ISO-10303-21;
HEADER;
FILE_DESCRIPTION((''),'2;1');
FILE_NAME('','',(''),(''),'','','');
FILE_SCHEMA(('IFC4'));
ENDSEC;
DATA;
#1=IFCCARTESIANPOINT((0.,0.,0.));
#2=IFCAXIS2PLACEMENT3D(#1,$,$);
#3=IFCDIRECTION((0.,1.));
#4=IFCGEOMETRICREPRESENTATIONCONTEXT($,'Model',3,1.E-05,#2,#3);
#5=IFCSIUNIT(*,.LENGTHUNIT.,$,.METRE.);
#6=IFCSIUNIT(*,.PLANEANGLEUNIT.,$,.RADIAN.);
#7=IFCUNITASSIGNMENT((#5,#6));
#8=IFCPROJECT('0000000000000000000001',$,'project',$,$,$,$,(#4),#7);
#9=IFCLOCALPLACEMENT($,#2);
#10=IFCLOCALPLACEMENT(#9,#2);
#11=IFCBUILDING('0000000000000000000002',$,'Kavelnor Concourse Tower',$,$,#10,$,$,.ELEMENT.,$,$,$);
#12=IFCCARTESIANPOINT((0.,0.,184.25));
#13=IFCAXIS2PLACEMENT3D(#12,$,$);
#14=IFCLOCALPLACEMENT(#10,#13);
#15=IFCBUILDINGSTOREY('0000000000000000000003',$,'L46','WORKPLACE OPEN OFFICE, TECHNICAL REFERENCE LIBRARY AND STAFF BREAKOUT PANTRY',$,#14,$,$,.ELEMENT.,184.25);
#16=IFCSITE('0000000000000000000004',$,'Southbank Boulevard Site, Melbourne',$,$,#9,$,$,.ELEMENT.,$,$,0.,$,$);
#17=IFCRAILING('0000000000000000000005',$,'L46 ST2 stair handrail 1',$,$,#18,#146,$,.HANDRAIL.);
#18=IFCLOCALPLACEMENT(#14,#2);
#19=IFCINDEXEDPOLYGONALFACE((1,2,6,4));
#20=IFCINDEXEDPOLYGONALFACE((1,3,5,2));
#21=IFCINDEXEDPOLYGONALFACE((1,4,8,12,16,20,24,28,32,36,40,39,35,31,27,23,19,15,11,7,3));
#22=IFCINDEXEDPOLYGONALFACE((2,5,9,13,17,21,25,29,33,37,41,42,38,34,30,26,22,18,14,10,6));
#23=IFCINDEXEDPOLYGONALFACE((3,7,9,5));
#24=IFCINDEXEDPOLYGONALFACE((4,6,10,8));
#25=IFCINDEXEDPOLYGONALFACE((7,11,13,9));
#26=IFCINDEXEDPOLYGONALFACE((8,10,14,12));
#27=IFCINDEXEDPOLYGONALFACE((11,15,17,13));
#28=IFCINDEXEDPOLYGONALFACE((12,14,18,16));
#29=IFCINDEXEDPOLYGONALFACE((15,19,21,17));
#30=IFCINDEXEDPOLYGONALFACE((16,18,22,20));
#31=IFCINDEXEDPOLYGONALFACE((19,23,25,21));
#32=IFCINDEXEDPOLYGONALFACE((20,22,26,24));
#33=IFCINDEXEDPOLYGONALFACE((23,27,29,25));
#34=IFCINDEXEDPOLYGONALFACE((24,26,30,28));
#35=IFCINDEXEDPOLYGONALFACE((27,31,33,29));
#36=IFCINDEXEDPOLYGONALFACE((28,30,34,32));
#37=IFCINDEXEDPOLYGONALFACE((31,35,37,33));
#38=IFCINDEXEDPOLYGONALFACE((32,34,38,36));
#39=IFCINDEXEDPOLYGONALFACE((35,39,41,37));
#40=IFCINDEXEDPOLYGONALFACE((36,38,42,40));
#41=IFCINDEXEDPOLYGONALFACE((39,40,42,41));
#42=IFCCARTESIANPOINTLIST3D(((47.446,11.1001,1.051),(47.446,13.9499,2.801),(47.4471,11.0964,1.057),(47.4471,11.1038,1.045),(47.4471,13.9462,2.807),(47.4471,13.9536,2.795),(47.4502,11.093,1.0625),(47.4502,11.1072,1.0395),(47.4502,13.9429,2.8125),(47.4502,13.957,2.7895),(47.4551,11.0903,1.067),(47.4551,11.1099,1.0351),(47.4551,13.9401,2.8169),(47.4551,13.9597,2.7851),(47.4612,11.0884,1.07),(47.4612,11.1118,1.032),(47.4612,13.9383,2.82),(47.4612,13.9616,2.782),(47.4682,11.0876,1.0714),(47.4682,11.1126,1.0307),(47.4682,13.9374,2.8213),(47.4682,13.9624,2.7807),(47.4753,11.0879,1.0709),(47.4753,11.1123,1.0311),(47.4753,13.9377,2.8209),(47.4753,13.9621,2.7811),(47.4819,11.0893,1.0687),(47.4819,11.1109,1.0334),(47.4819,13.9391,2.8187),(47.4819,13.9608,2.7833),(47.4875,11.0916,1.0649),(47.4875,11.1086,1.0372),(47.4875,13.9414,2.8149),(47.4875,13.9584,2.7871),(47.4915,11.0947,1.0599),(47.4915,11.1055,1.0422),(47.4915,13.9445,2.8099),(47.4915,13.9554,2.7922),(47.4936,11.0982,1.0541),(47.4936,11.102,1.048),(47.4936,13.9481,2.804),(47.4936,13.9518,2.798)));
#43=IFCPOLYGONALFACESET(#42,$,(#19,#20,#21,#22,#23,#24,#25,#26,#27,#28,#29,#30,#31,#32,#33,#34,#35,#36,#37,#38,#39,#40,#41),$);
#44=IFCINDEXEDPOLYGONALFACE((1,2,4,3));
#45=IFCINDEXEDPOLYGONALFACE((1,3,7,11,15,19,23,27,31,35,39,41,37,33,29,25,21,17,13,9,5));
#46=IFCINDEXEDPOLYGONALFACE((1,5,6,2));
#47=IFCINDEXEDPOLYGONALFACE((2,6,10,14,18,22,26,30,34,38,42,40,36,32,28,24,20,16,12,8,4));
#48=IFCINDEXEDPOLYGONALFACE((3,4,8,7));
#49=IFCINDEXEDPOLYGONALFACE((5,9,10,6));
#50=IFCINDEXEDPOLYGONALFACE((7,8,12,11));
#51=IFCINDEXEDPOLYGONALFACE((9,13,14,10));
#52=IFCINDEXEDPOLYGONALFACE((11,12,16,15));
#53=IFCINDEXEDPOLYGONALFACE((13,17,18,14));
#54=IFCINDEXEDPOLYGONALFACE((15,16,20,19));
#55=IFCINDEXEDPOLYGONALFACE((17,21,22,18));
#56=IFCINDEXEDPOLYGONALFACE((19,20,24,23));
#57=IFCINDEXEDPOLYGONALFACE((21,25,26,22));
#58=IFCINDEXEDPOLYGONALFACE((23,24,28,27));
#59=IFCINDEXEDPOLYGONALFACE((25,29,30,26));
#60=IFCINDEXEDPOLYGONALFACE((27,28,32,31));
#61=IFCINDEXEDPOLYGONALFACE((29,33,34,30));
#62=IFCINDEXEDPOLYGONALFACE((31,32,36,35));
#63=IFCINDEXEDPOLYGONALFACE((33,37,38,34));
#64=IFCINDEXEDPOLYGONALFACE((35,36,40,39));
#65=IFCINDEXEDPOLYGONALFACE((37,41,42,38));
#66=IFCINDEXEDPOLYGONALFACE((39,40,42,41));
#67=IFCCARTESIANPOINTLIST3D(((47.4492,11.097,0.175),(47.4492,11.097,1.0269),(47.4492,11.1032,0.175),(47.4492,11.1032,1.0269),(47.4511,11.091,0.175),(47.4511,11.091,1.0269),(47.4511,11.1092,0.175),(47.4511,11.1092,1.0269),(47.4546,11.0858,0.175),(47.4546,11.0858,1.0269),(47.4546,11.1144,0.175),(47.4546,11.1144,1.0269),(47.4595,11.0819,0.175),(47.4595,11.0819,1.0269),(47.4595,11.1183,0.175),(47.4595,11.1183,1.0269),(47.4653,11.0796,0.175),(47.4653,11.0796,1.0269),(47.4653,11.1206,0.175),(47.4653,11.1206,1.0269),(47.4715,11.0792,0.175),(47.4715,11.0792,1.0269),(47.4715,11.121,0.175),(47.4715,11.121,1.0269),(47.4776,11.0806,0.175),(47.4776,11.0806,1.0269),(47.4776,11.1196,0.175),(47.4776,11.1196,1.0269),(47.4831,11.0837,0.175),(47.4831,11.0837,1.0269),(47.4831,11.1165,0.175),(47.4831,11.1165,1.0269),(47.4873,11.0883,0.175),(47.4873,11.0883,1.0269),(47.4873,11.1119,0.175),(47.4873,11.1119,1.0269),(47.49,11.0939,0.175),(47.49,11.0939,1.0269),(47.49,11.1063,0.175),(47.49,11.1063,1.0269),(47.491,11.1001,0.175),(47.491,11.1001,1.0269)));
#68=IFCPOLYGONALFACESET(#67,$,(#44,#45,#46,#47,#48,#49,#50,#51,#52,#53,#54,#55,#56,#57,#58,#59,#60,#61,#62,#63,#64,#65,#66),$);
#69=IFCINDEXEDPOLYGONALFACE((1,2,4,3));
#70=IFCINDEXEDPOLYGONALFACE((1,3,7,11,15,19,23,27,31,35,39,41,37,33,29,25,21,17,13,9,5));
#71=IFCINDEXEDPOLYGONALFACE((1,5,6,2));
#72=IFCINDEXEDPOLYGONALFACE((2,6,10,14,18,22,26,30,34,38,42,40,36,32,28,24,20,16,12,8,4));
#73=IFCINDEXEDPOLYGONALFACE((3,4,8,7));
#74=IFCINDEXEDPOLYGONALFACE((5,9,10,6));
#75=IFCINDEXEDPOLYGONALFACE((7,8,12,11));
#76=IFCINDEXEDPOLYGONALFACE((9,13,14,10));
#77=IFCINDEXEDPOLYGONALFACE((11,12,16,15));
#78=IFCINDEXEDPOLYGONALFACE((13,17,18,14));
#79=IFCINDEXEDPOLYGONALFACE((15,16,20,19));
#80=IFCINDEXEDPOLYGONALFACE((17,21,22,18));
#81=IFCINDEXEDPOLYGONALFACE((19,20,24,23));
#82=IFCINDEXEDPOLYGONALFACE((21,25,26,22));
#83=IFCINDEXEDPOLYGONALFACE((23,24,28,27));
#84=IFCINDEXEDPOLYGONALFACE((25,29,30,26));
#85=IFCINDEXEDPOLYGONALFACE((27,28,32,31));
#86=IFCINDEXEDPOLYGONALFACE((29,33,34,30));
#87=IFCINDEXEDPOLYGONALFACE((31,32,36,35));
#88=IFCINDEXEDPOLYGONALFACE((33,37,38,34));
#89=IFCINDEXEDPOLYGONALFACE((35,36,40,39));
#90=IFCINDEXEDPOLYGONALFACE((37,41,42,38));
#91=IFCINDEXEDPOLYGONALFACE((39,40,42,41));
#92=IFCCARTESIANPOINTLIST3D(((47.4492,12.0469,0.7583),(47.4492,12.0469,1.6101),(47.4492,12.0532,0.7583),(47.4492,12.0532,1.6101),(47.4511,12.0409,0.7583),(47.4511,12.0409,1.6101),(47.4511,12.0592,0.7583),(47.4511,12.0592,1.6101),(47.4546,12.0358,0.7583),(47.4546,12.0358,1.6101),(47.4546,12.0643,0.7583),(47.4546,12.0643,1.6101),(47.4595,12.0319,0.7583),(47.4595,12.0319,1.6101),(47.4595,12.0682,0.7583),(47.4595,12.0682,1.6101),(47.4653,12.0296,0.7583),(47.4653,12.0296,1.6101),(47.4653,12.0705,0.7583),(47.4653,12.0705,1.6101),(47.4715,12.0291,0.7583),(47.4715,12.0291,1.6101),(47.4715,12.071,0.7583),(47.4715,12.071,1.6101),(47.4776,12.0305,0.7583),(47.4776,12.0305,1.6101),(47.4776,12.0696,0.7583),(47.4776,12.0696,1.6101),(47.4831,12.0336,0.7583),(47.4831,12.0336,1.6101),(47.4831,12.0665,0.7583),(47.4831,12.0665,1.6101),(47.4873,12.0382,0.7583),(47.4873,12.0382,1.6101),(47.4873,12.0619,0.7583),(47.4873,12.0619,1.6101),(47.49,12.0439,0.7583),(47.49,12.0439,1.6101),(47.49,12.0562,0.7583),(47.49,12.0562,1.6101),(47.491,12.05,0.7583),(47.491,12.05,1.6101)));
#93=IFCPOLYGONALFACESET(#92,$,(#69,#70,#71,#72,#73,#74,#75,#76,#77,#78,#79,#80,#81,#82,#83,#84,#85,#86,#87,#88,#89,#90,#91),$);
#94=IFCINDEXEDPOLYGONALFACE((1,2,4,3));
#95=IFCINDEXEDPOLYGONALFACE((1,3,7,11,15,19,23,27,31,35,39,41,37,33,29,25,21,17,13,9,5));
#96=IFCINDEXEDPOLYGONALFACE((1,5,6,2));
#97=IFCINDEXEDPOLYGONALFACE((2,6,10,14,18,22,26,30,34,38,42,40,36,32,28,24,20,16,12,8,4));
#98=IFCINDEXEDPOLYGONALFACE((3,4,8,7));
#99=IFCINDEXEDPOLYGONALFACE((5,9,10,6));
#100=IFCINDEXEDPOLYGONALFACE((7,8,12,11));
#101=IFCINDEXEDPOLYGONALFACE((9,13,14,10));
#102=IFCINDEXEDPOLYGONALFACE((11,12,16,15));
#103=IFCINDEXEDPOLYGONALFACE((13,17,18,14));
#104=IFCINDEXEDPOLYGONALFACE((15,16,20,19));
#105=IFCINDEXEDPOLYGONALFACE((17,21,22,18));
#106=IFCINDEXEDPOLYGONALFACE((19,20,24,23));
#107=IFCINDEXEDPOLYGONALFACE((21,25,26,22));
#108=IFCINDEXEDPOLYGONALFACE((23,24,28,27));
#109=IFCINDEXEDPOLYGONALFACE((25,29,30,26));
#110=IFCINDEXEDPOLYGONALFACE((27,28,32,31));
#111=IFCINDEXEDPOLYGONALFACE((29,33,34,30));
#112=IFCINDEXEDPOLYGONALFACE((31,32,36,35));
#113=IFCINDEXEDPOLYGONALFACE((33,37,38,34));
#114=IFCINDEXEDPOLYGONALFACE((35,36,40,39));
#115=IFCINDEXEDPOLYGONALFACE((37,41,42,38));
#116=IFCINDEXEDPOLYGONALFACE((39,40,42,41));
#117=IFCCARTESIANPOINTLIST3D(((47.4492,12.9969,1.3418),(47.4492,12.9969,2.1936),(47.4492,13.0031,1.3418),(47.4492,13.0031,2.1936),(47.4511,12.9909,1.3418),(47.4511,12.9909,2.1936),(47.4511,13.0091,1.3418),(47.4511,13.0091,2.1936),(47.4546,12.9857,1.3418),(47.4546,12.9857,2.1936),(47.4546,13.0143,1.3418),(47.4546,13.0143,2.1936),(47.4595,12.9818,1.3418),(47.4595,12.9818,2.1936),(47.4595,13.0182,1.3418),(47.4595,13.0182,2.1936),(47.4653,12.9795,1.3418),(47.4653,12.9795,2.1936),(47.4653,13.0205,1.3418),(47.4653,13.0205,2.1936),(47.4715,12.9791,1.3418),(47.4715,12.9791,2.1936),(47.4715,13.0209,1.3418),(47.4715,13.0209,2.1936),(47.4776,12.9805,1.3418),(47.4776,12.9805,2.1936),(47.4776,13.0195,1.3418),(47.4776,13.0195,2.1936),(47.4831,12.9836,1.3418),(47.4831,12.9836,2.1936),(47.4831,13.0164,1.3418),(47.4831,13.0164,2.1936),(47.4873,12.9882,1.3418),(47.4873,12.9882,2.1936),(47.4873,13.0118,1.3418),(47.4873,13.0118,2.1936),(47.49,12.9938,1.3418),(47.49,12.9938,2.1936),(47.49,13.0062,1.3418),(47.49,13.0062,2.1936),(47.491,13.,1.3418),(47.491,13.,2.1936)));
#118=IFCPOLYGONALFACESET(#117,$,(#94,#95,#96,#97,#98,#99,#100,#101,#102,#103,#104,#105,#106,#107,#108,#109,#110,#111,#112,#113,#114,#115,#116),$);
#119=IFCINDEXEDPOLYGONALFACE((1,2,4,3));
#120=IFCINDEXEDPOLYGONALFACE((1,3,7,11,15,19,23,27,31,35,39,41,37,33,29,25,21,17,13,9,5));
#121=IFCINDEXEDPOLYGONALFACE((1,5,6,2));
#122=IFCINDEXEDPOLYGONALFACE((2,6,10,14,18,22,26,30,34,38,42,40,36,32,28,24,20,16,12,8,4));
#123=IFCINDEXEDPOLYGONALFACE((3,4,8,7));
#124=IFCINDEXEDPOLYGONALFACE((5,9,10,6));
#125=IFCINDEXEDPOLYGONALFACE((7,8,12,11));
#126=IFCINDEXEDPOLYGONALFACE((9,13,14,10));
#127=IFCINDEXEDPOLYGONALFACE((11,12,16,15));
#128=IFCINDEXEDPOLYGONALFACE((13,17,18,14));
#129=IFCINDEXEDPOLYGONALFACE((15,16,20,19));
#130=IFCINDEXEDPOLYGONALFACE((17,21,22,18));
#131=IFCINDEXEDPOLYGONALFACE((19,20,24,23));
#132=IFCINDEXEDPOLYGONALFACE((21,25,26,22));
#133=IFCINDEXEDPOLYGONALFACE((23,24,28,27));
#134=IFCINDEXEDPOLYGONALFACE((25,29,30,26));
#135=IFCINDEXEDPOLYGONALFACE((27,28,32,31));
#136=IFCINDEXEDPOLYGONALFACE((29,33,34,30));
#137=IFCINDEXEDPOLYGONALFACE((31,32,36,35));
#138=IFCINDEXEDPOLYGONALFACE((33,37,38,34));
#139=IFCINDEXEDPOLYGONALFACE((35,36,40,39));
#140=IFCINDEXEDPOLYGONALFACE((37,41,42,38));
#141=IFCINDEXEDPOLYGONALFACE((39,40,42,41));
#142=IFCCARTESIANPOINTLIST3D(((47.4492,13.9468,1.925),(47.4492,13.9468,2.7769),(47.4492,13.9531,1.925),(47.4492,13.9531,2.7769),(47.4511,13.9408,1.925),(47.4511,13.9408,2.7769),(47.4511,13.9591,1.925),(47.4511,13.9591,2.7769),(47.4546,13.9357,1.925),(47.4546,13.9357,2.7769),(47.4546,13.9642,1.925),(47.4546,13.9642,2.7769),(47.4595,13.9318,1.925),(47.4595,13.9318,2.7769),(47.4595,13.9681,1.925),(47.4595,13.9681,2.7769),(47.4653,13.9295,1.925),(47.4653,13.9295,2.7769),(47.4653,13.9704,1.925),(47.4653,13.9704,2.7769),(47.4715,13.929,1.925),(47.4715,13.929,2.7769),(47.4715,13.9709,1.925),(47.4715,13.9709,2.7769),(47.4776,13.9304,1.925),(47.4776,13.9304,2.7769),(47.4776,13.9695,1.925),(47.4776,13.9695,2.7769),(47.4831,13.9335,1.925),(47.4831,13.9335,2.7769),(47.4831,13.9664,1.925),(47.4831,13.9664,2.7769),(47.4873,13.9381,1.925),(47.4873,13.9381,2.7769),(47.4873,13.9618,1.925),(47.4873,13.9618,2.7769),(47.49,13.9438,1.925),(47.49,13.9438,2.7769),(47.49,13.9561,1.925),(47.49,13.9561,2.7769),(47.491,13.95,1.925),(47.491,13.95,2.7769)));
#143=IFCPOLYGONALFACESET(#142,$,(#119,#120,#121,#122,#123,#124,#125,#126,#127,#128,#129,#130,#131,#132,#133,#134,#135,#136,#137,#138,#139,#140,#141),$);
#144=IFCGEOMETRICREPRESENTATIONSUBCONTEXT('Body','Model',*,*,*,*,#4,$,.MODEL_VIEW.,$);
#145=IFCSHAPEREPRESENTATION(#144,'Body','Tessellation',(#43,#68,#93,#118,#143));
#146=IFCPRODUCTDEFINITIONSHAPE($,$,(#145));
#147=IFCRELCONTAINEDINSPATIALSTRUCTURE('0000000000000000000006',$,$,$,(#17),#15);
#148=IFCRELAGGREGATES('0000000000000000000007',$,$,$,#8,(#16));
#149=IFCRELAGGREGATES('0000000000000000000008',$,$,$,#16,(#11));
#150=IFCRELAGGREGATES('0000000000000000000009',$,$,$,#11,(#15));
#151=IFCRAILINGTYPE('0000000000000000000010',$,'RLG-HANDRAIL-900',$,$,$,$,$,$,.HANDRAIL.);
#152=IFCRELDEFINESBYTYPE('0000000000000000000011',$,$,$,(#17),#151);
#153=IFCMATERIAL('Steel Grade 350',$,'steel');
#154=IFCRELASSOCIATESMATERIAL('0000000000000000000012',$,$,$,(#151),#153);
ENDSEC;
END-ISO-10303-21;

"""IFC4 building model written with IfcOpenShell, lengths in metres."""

from ifc_helpers import new_model, si_unit, direction, frame, origin, origin_2d, place, context, subcontext, project, spatial, circle, extrude, material, type_object, element, save


model = new_model("IFC4")

# Units and contexts
model_context = context("Model", 3, precision=1e-05, world=origin(), true_north=direction((0.0, 1.0)))
body_context = subcontext(model_context, "Body", "Model", "MODEL_VIEW")
ifc_project = project(units=[si_unit("LENGTHUNIT", "METRE"), si_unit("PLANEANGLEUNIT", "RADIAN")], contexts=[model_context])

# Site, building, storey
site_placement = place(None, origin())
site = spatial("IfcSite", under=ifc_project, at=site_placement, Name="Southbank Boulevard Site, Melbourne", CompositionType="ELEMENT", RefElevation=0.0)
building_placement = place(site_placement, origin())
building = spatial("IfcBuilding", under=site, at=building_placement, Name="Kavelnor Concourse Tower", CompositionType="ELEMENT")
storey_placement = place(building_placement, frame((0.0, 0.0, 184.25)))
storey = spatial("IfcBuildingStorey", under=building, at=storey_placement, Name="L46", Description="WORKPLACE OPEN OFFICE, TECHNICAL REFERENCE LIBRARY AND STAFF BREAKOUT PANTRY", CompositionType="ELEMENT", Elevation=184.25)

# Shared definitions
ifc_material_1 = material(Name="Steel Grade 350", Category="steel")

# Railing
railing_type_1 = type_object("IfcRailingType", Name="RLG-HANDRAIL-900", PredefinedType="HANDRAIL", material=ifc_material_1)
railing_1_placement = place(storey_placement, frame((47.47, 11.1001, 0.175)))
element("IfcRailing", 1, at=railing_1_placement, inside=storey, type_object=railing_type_1, Name="L46 ST2 stair handrail 1", PredefinedType="HANDRAIL", context=body_context, shape_type="SweptSolid", body=[
    extrude(circle(Radius=0.0239, at=origin_2d()), frame((0.0, 0.0, 0.876), z_axis=(0.0, 0.852159, 0.523283), x_axis=(-1.0, 0.0, 0.0)), (0.0, 0.0, 1.0), 3.3442),
    extrude(circle(Radius=0.021, at=origin_2d()), origin(), (0.0, 0.0, 1.0), 0.8518),
    extrude(circle(Radius=0.021, at=origin_2d()), frame((0.0, 0.95, 0.5833)), (0.0, 0.0, 1.0), 0.8518),
    extrude(circle(Radius=0.021, at=origin_2d()), frame((0.0, 1.8999, 1.1667)), (0.0, 0.0, 1.0), 0.8518),
    extrude(circle(Radius=0.021, at=origin_2d()), frame((0.0, 2.8499, 1.75)), (0.0, 0.0, 1.0), 0.8518),
])

save(model, "model.ifc")
